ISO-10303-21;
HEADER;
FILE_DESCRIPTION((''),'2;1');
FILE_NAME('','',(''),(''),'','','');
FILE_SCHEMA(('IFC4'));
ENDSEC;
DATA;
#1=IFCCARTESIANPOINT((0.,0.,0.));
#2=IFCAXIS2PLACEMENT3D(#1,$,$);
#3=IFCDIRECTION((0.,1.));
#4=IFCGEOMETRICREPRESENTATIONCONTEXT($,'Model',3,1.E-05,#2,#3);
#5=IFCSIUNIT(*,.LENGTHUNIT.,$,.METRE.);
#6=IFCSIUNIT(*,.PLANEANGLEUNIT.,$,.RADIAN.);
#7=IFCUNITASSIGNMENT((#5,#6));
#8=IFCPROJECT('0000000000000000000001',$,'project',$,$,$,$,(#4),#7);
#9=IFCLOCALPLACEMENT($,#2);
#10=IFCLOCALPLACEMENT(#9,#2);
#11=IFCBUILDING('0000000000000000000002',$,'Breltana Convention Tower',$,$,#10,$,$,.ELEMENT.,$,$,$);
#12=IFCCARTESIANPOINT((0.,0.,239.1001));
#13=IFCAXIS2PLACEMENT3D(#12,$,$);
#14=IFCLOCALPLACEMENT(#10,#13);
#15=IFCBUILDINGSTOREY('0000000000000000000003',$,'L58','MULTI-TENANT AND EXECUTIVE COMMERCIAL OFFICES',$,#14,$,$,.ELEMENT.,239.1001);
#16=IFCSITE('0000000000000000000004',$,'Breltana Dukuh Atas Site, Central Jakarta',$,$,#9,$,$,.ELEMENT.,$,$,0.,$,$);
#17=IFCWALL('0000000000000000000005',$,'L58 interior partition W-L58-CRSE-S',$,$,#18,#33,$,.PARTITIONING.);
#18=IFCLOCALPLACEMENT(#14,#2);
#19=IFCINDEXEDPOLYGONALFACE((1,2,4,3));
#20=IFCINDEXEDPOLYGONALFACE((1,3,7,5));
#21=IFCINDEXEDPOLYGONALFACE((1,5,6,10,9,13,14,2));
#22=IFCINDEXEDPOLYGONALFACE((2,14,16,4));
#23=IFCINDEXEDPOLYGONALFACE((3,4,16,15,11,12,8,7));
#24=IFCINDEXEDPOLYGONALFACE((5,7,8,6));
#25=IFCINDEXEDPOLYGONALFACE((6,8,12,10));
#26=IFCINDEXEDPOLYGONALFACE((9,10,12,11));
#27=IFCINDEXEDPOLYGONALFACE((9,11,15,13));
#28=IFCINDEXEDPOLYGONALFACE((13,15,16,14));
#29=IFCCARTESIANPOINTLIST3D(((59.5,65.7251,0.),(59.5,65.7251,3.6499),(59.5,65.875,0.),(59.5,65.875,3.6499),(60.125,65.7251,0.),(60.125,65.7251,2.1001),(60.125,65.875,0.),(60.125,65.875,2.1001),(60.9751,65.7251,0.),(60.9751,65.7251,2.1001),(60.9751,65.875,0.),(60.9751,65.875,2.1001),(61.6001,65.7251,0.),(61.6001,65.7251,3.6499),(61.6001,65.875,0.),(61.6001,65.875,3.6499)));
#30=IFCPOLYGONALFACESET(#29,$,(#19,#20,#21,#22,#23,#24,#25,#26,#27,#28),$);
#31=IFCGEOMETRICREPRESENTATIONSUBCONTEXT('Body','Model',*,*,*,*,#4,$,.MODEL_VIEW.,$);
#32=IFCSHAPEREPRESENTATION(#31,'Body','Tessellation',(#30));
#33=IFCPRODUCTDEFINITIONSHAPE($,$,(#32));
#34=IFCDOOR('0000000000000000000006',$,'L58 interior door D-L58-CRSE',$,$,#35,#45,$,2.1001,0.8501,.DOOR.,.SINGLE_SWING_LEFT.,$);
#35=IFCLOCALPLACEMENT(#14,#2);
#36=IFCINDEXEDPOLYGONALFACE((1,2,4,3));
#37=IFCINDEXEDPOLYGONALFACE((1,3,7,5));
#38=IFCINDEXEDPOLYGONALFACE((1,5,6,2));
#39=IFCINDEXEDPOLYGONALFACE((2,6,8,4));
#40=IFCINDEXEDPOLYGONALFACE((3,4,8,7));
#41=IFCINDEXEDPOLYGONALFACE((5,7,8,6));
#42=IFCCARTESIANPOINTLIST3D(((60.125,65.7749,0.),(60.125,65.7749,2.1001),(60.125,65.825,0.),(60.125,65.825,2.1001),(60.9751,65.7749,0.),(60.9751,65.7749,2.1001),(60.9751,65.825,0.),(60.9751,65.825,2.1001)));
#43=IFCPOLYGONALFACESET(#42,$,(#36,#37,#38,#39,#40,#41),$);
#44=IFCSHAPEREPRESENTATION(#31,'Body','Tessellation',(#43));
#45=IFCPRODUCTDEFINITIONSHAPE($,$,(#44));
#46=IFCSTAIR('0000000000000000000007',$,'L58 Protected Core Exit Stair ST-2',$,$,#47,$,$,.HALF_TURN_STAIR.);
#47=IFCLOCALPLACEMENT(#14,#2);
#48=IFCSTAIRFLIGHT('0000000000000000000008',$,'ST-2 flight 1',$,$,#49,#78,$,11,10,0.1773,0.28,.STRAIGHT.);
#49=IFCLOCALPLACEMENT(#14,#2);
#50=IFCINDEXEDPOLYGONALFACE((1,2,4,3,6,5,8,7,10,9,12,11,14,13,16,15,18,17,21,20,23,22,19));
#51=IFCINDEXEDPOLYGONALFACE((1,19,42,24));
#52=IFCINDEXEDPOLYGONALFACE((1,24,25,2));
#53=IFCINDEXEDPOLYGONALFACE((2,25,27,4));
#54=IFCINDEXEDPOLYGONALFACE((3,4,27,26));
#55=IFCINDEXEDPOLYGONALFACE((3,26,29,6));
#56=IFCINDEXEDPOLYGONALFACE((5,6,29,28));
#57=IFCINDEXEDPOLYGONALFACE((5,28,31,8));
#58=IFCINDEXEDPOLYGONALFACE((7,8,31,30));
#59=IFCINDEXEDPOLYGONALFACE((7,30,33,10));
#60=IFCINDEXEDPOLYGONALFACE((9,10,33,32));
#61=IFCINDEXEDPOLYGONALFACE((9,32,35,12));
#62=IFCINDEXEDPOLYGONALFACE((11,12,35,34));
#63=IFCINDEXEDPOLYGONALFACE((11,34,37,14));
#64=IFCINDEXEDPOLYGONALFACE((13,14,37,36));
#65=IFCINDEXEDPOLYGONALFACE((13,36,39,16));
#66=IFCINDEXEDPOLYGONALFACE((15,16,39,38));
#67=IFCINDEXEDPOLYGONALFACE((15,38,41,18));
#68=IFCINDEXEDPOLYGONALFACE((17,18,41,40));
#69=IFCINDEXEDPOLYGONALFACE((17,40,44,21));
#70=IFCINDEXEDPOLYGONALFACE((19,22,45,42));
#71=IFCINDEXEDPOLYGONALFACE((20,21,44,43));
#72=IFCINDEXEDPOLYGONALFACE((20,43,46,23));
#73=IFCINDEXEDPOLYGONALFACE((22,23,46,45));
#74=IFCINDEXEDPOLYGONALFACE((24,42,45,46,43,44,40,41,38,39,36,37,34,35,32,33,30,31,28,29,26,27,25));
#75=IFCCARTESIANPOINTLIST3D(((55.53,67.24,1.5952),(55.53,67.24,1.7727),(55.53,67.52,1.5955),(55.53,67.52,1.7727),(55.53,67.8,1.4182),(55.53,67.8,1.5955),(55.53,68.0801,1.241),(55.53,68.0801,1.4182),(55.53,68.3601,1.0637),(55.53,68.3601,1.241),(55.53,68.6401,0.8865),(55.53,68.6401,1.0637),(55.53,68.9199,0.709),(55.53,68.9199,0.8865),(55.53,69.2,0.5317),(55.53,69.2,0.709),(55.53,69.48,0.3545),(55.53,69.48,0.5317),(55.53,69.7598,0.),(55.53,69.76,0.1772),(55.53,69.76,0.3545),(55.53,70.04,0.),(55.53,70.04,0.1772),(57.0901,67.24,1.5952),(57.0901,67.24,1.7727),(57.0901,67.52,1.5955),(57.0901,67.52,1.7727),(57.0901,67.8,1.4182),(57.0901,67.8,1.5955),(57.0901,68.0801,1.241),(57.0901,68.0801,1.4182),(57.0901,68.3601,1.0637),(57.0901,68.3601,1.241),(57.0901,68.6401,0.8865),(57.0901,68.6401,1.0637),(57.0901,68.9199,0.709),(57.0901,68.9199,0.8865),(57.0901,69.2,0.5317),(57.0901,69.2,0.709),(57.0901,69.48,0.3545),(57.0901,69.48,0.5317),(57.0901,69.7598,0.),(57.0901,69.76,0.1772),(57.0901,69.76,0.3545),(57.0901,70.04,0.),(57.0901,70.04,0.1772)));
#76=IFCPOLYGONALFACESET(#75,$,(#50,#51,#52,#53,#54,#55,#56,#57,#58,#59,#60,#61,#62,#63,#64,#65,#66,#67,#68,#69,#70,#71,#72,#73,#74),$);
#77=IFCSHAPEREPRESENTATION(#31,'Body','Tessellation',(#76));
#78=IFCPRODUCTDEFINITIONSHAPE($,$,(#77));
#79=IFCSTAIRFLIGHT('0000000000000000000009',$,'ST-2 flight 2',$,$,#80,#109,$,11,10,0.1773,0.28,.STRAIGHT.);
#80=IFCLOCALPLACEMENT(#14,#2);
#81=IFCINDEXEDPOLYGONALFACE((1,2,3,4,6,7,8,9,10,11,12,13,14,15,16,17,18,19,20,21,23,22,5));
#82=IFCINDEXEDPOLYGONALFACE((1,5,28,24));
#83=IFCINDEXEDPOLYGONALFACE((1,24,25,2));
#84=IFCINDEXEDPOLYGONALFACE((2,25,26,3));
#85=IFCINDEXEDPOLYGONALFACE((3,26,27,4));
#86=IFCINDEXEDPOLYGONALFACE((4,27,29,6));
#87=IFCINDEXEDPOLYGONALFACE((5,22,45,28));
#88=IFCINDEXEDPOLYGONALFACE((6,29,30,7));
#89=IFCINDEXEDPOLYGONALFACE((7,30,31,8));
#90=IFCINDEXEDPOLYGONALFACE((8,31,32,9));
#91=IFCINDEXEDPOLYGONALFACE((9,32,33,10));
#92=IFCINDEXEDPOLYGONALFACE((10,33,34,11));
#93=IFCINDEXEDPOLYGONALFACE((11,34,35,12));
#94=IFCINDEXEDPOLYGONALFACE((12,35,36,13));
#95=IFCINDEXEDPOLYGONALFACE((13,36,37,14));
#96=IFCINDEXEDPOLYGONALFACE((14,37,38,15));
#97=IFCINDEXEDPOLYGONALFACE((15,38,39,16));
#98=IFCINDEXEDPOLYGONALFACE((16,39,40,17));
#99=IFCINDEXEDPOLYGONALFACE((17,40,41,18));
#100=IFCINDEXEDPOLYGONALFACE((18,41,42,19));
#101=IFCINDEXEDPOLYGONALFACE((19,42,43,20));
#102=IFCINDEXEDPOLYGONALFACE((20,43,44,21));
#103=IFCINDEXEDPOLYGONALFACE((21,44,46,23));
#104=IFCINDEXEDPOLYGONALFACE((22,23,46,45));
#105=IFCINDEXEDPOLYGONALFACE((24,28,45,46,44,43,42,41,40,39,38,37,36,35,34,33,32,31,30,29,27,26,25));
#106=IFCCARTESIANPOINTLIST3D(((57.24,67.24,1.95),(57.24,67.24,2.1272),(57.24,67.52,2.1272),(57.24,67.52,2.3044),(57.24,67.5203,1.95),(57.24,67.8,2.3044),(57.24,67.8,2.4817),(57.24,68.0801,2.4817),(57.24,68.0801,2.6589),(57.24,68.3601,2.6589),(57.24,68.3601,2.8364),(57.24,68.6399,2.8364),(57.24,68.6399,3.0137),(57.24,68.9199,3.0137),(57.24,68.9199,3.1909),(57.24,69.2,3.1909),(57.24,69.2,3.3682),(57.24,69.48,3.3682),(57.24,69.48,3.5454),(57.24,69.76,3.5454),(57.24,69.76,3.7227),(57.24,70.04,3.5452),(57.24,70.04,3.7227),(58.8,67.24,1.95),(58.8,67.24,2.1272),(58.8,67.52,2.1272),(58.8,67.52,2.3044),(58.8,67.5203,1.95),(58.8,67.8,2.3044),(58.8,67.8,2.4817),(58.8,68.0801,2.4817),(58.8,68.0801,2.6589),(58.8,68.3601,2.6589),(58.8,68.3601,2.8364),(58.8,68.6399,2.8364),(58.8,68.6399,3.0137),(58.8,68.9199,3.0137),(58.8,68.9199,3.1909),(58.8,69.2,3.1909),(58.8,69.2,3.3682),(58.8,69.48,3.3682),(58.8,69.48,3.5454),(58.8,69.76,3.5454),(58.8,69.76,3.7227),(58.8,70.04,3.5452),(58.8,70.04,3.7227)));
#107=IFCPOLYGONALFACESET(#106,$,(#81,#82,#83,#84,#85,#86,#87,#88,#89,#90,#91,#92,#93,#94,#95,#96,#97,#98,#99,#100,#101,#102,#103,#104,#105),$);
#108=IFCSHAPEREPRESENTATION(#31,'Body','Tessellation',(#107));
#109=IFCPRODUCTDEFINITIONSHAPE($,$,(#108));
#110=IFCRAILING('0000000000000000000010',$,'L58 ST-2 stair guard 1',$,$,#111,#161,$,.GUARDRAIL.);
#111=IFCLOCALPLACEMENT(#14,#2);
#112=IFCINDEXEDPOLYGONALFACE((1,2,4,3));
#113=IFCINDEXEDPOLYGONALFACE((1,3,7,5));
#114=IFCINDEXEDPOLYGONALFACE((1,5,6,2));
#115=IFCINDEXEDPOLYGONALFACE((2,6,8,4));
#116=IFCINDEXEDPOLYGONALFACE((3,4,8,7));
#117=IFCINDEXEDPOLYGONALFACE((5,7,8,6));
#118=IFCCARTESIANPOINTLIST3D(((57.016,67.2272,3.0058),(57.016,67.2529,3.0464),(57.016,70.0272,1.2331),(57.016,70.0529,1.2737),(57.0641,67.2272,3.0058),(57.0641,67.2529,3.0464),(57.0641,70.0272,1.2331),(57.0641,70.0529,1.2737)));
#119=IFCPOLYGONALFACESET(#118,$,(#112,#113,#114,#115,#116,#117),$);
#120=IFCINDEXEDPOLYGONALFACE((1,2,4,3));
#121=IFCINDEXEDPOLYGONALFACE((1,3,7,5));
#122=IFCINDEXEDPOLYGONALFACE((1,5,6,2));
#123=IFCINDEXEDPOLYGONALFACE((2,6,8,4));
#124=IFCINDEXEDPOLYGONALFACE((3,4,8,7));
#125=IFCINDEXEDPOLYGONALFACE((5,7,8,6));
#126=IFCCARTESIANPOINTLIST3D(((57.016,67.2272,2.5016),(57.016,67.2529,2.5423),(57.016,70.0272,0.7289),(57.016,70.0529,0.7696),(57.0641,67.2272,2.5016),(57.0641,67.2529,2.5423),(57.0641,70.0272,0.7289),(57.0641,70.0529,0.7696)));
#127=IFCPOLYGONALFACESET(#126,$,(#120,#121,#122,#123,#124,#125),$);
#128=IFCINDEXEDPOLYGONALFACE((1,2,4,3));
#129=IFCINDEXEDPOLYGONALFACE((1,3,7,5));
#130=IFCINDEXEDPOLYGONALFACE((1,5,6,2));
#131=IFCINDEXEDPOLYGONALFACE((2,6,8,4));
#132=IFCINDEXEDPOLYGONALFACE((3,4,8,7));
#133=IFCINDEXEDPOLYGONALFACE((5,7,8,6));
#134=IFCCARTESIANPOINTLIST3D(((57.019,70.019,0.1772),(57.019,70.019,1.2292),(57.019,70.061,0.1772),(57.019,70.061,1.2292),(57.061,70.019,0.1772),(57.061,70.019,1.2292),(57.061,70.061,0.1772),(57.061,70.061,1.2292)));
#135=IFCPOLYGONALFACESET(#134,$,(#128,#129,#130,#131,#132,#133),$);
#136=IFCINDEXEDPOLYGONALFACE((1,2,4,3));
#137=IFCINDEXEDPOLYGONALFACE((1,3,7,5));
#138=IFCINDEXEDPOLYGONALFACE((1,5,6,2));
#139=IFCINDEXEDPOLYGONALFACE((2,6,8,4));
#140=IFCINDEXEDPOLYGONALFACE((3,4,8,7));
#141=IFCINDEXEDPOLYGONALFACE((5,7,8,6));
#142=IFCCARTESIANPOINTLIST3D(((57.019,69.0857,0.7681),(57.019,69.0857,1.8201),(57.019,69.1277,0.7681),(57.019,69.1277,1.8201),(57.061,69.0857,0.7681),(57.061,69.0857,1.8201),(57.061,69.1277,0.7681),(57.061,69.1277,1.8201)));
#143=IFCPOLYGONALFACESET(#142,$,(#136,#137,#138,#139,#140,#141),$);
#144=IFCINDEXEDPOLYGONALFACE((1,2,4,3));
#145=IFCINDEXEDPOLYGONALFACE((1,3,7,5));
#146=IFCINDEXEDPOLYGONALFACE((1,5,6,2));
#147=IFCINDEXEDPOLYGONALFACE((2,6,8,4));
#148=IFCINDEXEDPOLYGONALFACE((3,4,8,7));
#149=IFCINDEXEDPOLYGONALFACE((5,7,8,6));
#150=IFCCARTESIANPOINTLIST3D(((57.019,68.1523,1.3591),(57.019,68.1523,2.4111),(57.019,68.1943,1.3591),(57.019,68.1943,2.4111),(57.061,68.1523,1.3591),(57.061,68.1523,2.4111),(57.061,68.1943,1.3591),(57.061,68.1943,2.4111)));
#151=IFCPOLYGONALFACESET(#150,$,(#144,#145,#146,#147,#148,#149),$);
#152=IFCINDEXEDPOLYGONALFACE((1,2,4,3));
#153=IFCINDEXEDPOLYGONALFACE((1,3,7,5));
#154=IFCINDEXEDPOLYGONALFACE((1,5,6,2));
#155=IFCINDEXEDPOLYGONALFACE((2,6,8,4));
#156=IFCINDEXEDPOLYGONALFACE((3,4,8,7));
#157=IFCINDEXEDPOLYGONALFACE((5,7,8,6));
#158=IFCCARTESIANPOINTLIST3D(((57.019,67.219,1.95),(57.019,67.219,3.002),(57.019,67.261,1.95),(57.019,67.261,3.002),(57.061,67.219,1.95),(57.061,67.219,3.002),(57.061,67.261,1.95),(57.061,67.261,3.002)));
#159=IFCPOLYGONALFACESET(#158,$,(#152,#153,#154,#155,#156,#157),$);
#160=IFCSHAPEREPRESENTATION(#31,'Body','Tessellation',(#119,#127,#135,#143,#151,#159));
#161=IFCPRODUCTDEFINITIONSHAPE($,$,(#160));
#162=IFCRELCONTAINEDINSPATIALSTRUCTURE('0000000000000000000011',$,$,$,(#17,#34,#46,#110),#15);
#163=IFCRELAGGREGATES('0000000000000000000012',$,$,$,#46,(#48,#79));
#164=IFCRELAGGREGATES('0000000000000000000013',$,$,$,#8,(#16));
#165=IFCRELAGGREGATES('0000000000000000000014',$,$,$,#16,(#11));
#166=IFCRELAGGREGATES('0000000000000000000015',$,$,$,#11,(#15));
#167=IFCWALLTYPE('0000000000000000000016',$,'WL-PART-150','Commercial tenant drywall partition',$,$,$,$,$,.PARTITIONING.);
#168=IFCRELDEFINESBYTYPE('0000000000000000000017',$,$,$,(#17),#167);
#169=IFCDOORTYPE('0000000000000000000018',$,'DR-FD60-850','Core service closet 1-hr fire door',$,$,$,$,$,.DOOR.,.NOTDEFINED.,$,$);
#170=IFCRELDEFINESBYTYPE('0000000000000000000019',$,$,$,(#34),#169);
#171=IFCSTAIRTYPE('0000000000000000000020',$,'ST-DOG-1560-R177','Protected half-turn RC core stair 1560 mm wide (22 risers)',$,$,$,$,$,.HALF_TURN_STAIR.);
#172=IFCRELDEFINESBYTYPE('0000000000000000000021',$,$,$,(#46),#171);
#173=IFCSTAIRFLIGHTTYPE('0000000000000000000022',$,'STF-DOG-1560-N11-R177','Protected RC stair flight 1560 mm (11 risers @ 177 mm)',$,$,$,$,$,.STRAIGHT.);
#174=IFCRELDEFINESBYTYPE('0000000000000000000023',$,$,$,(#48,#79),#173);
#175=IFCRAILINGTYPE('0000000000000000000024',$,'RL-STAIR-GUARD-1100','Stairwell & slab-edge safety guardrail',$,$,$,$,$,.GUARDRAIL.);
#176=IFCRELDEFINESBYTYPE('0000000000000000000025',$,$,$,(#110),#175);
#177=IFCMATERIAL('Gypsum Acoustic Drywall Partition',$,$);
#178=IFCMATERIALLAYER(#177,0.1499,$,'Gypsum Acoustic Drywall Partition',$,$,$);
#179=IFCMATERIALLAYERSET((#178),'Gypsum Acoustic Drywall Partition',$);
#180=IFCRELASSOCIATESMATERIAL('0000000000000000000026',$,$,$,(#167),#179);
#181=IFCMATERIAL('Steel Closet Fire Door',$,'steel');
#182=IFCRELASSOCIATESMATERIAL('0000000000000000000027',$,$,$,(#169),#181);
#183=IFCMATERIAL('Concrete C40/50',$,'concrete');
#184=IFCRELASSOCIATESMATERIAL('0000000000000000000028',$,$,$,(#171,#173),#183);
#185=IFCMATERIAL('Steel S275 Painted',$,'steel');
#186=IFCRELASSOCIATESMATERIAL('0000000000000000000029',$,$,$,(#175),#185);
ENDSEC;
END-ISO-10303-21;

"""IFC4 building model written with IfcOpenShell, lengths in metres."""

from ifc_helpers import new_model, si_unit, direction, frame, frame_2d, origin, origin_2d, place, context, subcontext, project, spatial, polyline, rectangle, outline, extrude, source, transform, mapped, material, layer, layer_set, type_object, type_shapes, element, fill, aggregate, save


model = new_model("IFC4")

# Units and contexts
model_context = context("Model", 3, precision=1e-05, world=origin(), true_north=direction((0.0, 1.0)))
body_context = subcontext(model_context, "Body", "Model", "MODEL_VIEW")
ifc_project = project(units=[si_unit("LENGTHUNIT", "METRE"), si_unit("PLANEANGLEUNIT", "RADIAN")], contexts=[model_context])

# Site, building, storey
site_placement = place(None, origin())
site = spatial("IfcSite", under=ifc_project, at=site_placement, Name="Breltana Dukuh Atas Site, Central Jakarta", CompositionType="ELEMENT", RefElevation=0.0)
building_placement = place(site_placement, origin())
building = spatial("IfcBuilding", under=site, at=building_placement, Name="Breltana Convention Tower", CompositionType="ELEMENT")
storey_placement = place(building_placement, frame((0.0, 0.0, 239.1001)))
storey = spatial("IfcBuildingStorey", under=building, at=storey_placement, Name="L58", Description="MULTI-TENANT AND EXECUTIVE COMMERCIAL OFFICES", CompositionType="ELEMENT", Elevation=239.1001)

# Wall, opening, door
ifc_material_1 = material(Name="Gypsum Acoustic Drywall Partition")
ifc_layer_1 = layer(ifc_material_1, 0.1499, Name="Gypsum Acoustic Drywall Partition")
ifc_layer_set_1 = layer_set([ifc_layer_1], Name="Gypsum Acoustic Drywall Partition")
wall_type_1 = type_object("IfcWallType", Name="WL-PART-150", Description="Commercial tenant drywall partition", PredefinedType="PARTITIONING", material=ifc_layer_set_1)
shared_shape_1 = source(origin(), body_context, "Body", "SweptSolid", [
    extrude(rectangle(XDim=2.1001, YDim=0.1499, at=frame_2d((1.05, 0.0))), origin(), (0.0, 0.0, 1.0), 3.6499),
])
wall_1_placement = place(storey_placement, frame((59.5, 65.8, 0.0), z_axis=(0.0, 0.0, 1.0), x_axis=(1.0, 0.0, 0.0)))
wall_1 = element("IfcWall", 1, at=wall_1_placement, inside=storey, type_object=wall_type_1, Name="L58 interior partition W-L58-CRSE-S", PredefinedType="PARTITIONING", context=body_context, shape_type="MappedRepresentation", body=[
    mapped(shared_shape_1, transform((0.0, 0.0, 0.0), scale=1.0)),
])
opening_1_placement = place(wall_1_placement, frame((0.625, 0.0, 0.0)))
opening_1 = element("IfcOpeningElement", 2, at=opening_1_placement, cuts=wall_1, PredefinedType="OPENING", context=body_context, shape_type="SweptSolid", body=[
    extrude(rectangle(XDim=0.8501, YDim=2.1001, at=frame_2d((0.425, 1.05))), frame((0.0, 0.085, 0.0), z_axis=(0.0, -1.0, 0.0), x_axis=(1.0, 0.0, 0.0)), (0.0, 0.0, 1.0), 0.1699),
])
ifc_material_2 = material(Name="Steel Closet Fire Door", Category="steel")
door_type_1 = type_object("IfcDoorType", Name="DR-FD60-850", Description="Core service closet 1-hr fire door", OperationType="NOTDEFINED", PredefinedType="DOOR", material=ifc_material_2)
shared_shape_2 = source(origin(), body_context, "Body", "SweptSolid", [
    extrude(rectangle(XDim=0.8501, YDim=2.1001, at=frame_2d((0.425, 1.05))), frame((0.0, 0.0249, 0.0), z_axis=(0.0, -1.0, 0.0), x_axis=(1.0, 0.0, 0.0)), (0.0, 0.0, 1.0), 0.05),
])
type_shapes(door_type_1, [shared_shape_2])
door_1_placement = place(opening_1_placement, origin())
door_1 = element("IfcDoor", 3, at=door_1_placement, inside=storey, type_object=door_type_1, Name="L58 interior door D-L58-CRSE", OperationType="SINGLE_SWING_LEFT", OverallHeight=2.1001, OverallWidth=0.8501, PredefinedType="DOOR", context=body_context, shape_type="MappedRepresentation", body=[
    mapped(shared_shape_2, transform((0.0, 0.0, 0.0), scale=1.0)),
])
fill(opening_1, door_1)

# Stair, stair flights
ifc_material_3 = material(Name="Concrete C40/50", Category="concrete")
stair_type = type_object("IfcStairType", Name="ST-DOG-1560-R177", Description="Protected half-turn RC core stair 1560 mm wide (22 risers)", PredefinedType="HALF_TURN_STAIR", material=ifc_material_3)
stair_placement = place(storey_placement, origin())
stair = element("IfcStair", 4, at=stair_placement, inside=storey, type_object=stair_type, Name="L58 Protected Core Exit Stair ST-2", PredefinedType="HALF_TURN_STAIR")
stair_flight_type = type_object("IfcStairFlightType", Name="STF-DOG-1560-N11-R177", Description="Protected RC stair flight 1560 mm (11 risers @ 177 mm)", PredefinedType="STRAIGHT", material=ifc_material_3)
stair_flight_1_placement = place(storey_placement, frame((56.3101, 70.04, 0.0), z_axis=(0.0, 0.0, 1.0), x_axis=(0.0, -1.0, 0.0)))
stair_flight_1 = element("IfcStairFlight", 5, at=stair_flight_1_placement, type_object=stair_flight_type, Name="ST-2 flight 1", NumberOfRisers=11, NumberOfTreads=10, PredefinedType="STRAIGHT", RiserHeight=0.1773, TreadLength=0.28, context=body_context, shape_type="SweptSolid", body=[
    extrude(outline(polyline([(0.0, 0.0), (0.0, 0.1772), (0.28, 0.1772), (0.28, 0.3545), (0.5601, 0.3545), (0.5601, 0.5317), (0.8401, 0.5317), (0.8401, 0.709), (1.1201, 0.709), (1.1201, 0.8865), (1.3999, 0.8865), (1.3999, 1.0637), (1.6799, 1.0637), (1.6799, 1.241), (1.96, 1.241), (1.96, 1.4182), (2.24, 1.4182), (2.24, 1.5955), (2.52, 1.5955), (2.52, 1.7727), (2.8, 1.7727), (2.8, 1.95), (2.8, 1.5952), (0.2803, 0.0), (0.0, 0.0)])), frame((0.0, 0.78, 0.0), z_axis=(0.0, -1.0, 0.0), x_axis=(1.0, 0.0, 0.0)), (0.0, 0.0, 1.0), 1.5601),
])
stair_flight_2_placement = place(storey_placement, frame((58.02, 67.24, 1.95), z_axis=(0.0, 0.0, 1.0), x_axis=(0.0, 1.0, 0.0)))
stair_flight_2 = element("IfcStairFlight", 6, at=stair_flight_2_placement, type_object=stair_flight_type, Name="ST-2 flight 2", NumberOfRisers=11, NumberOfTreads=10, PredefinedType="STRAIGHT", RiserHeight=0.1773, TreadLength=0.28, context=body_context, shape_type="SweptSolid", body=[
    extrude(outline(polyline([(0.0, 0.0), (0.0, 0.1772), (0.28, 0.1772), (0.28, 0.3545), (0.5601, 0.3545), (0.5601, 0.5317), (0.8401, 0.5317), (0.8401, 0.709), (1.1201, 0.709), (1.1201, 0.8865), (1.3999, 0.8865), (1.3999, 1.0637), (1.6799, 1.0637), (1.6799, 1.241), (1.96, 1.241), (1.96, 1.4182), (2.24, 1.4182), (2.24, 1.5955), (2.52, 1.5955), (2.52, 1.7727), (2.8, 1.7727), (2.8, 1.95), (2.8, 1.5952), (0.2803, 0.0), (0.0, 0.0)])), frame((0.0, 0.78, 0.0), z_axis=(0.0, -1.0, 0.0), x_axis=(1.0, 0.0, 0.0)), (0.0, 0.0, 1.0), 1.5601),
])
aggregate(stair, [stair_flight_1, stair_flight_2])

# Railing
ifc_material_4 = material(Name="Steel S275 Painted", Category="steel")
railing_type_1 = type_object("IfcRailingType", Name="RL-STAIR-GUARD-1100", Description="Stairwell & slab-edge safety guardrail", PredefinedType="GUARDRAIL", material=ifc_material_4)
railing_1_placement = place(storey_placement, frame((57.04, 70.04, 0.1772)))
element("IfcRailing", 7, at=railing_1_placement, inside=storey, type_object=railing_type_1, Name="L58 ST-2 stair guard 1", PredefinedType="GUARDRAIL", context=body_context, shape_type="SweptSolid", body=[
    extrude(rectangle(XDim=0.0481, YDim=0.0481, at=origin_2d()), frame((0.0, 0.0, 1.0762), z_axis=(0.0, -0.844909, 0.53491), x_axis=(1.0, 0.0, 0.0)), (0.0, 0.0, 1.0), 3.314),
    extrude(rectangle(XDim=0.0481, YDim=0.0481, at=origin_2d()), frame((0.0, 0.0, 0.572), z_axis=(0.0, -0.844909, 0.53491), x_axis=(1.0, 0.0, 0.0)), (0.0, 0.0, 1.0), 3.314),
    extrude(rectangle(XDim=0.042, YDim=0.042, at=origin_2d()), origin(), (0.0, 0.0, 1.0), 1.052),
    extrude(rectangle(XDim=0.042, YDim=0.042, at=origin_2d()), frame((0.0, -0.9333, 0.5908)), (0.0, 0.0, 1.0), 1.052),
    extrude(rectangle(XDim=0.042, YDim=0.042, at=origin_2d()), frame((0.0, -1.8667, 1.1819)), (0.0, 0.0, 1.0), 1.052),
    extrude(rectangle(XDim=0.042, YDim=0.042, at=origin_2d()), frame((0.0, -2.8, 1.7727)), (0.0, 0.0, 1.0), 1.052),
])

save(model, "model.ifc")
